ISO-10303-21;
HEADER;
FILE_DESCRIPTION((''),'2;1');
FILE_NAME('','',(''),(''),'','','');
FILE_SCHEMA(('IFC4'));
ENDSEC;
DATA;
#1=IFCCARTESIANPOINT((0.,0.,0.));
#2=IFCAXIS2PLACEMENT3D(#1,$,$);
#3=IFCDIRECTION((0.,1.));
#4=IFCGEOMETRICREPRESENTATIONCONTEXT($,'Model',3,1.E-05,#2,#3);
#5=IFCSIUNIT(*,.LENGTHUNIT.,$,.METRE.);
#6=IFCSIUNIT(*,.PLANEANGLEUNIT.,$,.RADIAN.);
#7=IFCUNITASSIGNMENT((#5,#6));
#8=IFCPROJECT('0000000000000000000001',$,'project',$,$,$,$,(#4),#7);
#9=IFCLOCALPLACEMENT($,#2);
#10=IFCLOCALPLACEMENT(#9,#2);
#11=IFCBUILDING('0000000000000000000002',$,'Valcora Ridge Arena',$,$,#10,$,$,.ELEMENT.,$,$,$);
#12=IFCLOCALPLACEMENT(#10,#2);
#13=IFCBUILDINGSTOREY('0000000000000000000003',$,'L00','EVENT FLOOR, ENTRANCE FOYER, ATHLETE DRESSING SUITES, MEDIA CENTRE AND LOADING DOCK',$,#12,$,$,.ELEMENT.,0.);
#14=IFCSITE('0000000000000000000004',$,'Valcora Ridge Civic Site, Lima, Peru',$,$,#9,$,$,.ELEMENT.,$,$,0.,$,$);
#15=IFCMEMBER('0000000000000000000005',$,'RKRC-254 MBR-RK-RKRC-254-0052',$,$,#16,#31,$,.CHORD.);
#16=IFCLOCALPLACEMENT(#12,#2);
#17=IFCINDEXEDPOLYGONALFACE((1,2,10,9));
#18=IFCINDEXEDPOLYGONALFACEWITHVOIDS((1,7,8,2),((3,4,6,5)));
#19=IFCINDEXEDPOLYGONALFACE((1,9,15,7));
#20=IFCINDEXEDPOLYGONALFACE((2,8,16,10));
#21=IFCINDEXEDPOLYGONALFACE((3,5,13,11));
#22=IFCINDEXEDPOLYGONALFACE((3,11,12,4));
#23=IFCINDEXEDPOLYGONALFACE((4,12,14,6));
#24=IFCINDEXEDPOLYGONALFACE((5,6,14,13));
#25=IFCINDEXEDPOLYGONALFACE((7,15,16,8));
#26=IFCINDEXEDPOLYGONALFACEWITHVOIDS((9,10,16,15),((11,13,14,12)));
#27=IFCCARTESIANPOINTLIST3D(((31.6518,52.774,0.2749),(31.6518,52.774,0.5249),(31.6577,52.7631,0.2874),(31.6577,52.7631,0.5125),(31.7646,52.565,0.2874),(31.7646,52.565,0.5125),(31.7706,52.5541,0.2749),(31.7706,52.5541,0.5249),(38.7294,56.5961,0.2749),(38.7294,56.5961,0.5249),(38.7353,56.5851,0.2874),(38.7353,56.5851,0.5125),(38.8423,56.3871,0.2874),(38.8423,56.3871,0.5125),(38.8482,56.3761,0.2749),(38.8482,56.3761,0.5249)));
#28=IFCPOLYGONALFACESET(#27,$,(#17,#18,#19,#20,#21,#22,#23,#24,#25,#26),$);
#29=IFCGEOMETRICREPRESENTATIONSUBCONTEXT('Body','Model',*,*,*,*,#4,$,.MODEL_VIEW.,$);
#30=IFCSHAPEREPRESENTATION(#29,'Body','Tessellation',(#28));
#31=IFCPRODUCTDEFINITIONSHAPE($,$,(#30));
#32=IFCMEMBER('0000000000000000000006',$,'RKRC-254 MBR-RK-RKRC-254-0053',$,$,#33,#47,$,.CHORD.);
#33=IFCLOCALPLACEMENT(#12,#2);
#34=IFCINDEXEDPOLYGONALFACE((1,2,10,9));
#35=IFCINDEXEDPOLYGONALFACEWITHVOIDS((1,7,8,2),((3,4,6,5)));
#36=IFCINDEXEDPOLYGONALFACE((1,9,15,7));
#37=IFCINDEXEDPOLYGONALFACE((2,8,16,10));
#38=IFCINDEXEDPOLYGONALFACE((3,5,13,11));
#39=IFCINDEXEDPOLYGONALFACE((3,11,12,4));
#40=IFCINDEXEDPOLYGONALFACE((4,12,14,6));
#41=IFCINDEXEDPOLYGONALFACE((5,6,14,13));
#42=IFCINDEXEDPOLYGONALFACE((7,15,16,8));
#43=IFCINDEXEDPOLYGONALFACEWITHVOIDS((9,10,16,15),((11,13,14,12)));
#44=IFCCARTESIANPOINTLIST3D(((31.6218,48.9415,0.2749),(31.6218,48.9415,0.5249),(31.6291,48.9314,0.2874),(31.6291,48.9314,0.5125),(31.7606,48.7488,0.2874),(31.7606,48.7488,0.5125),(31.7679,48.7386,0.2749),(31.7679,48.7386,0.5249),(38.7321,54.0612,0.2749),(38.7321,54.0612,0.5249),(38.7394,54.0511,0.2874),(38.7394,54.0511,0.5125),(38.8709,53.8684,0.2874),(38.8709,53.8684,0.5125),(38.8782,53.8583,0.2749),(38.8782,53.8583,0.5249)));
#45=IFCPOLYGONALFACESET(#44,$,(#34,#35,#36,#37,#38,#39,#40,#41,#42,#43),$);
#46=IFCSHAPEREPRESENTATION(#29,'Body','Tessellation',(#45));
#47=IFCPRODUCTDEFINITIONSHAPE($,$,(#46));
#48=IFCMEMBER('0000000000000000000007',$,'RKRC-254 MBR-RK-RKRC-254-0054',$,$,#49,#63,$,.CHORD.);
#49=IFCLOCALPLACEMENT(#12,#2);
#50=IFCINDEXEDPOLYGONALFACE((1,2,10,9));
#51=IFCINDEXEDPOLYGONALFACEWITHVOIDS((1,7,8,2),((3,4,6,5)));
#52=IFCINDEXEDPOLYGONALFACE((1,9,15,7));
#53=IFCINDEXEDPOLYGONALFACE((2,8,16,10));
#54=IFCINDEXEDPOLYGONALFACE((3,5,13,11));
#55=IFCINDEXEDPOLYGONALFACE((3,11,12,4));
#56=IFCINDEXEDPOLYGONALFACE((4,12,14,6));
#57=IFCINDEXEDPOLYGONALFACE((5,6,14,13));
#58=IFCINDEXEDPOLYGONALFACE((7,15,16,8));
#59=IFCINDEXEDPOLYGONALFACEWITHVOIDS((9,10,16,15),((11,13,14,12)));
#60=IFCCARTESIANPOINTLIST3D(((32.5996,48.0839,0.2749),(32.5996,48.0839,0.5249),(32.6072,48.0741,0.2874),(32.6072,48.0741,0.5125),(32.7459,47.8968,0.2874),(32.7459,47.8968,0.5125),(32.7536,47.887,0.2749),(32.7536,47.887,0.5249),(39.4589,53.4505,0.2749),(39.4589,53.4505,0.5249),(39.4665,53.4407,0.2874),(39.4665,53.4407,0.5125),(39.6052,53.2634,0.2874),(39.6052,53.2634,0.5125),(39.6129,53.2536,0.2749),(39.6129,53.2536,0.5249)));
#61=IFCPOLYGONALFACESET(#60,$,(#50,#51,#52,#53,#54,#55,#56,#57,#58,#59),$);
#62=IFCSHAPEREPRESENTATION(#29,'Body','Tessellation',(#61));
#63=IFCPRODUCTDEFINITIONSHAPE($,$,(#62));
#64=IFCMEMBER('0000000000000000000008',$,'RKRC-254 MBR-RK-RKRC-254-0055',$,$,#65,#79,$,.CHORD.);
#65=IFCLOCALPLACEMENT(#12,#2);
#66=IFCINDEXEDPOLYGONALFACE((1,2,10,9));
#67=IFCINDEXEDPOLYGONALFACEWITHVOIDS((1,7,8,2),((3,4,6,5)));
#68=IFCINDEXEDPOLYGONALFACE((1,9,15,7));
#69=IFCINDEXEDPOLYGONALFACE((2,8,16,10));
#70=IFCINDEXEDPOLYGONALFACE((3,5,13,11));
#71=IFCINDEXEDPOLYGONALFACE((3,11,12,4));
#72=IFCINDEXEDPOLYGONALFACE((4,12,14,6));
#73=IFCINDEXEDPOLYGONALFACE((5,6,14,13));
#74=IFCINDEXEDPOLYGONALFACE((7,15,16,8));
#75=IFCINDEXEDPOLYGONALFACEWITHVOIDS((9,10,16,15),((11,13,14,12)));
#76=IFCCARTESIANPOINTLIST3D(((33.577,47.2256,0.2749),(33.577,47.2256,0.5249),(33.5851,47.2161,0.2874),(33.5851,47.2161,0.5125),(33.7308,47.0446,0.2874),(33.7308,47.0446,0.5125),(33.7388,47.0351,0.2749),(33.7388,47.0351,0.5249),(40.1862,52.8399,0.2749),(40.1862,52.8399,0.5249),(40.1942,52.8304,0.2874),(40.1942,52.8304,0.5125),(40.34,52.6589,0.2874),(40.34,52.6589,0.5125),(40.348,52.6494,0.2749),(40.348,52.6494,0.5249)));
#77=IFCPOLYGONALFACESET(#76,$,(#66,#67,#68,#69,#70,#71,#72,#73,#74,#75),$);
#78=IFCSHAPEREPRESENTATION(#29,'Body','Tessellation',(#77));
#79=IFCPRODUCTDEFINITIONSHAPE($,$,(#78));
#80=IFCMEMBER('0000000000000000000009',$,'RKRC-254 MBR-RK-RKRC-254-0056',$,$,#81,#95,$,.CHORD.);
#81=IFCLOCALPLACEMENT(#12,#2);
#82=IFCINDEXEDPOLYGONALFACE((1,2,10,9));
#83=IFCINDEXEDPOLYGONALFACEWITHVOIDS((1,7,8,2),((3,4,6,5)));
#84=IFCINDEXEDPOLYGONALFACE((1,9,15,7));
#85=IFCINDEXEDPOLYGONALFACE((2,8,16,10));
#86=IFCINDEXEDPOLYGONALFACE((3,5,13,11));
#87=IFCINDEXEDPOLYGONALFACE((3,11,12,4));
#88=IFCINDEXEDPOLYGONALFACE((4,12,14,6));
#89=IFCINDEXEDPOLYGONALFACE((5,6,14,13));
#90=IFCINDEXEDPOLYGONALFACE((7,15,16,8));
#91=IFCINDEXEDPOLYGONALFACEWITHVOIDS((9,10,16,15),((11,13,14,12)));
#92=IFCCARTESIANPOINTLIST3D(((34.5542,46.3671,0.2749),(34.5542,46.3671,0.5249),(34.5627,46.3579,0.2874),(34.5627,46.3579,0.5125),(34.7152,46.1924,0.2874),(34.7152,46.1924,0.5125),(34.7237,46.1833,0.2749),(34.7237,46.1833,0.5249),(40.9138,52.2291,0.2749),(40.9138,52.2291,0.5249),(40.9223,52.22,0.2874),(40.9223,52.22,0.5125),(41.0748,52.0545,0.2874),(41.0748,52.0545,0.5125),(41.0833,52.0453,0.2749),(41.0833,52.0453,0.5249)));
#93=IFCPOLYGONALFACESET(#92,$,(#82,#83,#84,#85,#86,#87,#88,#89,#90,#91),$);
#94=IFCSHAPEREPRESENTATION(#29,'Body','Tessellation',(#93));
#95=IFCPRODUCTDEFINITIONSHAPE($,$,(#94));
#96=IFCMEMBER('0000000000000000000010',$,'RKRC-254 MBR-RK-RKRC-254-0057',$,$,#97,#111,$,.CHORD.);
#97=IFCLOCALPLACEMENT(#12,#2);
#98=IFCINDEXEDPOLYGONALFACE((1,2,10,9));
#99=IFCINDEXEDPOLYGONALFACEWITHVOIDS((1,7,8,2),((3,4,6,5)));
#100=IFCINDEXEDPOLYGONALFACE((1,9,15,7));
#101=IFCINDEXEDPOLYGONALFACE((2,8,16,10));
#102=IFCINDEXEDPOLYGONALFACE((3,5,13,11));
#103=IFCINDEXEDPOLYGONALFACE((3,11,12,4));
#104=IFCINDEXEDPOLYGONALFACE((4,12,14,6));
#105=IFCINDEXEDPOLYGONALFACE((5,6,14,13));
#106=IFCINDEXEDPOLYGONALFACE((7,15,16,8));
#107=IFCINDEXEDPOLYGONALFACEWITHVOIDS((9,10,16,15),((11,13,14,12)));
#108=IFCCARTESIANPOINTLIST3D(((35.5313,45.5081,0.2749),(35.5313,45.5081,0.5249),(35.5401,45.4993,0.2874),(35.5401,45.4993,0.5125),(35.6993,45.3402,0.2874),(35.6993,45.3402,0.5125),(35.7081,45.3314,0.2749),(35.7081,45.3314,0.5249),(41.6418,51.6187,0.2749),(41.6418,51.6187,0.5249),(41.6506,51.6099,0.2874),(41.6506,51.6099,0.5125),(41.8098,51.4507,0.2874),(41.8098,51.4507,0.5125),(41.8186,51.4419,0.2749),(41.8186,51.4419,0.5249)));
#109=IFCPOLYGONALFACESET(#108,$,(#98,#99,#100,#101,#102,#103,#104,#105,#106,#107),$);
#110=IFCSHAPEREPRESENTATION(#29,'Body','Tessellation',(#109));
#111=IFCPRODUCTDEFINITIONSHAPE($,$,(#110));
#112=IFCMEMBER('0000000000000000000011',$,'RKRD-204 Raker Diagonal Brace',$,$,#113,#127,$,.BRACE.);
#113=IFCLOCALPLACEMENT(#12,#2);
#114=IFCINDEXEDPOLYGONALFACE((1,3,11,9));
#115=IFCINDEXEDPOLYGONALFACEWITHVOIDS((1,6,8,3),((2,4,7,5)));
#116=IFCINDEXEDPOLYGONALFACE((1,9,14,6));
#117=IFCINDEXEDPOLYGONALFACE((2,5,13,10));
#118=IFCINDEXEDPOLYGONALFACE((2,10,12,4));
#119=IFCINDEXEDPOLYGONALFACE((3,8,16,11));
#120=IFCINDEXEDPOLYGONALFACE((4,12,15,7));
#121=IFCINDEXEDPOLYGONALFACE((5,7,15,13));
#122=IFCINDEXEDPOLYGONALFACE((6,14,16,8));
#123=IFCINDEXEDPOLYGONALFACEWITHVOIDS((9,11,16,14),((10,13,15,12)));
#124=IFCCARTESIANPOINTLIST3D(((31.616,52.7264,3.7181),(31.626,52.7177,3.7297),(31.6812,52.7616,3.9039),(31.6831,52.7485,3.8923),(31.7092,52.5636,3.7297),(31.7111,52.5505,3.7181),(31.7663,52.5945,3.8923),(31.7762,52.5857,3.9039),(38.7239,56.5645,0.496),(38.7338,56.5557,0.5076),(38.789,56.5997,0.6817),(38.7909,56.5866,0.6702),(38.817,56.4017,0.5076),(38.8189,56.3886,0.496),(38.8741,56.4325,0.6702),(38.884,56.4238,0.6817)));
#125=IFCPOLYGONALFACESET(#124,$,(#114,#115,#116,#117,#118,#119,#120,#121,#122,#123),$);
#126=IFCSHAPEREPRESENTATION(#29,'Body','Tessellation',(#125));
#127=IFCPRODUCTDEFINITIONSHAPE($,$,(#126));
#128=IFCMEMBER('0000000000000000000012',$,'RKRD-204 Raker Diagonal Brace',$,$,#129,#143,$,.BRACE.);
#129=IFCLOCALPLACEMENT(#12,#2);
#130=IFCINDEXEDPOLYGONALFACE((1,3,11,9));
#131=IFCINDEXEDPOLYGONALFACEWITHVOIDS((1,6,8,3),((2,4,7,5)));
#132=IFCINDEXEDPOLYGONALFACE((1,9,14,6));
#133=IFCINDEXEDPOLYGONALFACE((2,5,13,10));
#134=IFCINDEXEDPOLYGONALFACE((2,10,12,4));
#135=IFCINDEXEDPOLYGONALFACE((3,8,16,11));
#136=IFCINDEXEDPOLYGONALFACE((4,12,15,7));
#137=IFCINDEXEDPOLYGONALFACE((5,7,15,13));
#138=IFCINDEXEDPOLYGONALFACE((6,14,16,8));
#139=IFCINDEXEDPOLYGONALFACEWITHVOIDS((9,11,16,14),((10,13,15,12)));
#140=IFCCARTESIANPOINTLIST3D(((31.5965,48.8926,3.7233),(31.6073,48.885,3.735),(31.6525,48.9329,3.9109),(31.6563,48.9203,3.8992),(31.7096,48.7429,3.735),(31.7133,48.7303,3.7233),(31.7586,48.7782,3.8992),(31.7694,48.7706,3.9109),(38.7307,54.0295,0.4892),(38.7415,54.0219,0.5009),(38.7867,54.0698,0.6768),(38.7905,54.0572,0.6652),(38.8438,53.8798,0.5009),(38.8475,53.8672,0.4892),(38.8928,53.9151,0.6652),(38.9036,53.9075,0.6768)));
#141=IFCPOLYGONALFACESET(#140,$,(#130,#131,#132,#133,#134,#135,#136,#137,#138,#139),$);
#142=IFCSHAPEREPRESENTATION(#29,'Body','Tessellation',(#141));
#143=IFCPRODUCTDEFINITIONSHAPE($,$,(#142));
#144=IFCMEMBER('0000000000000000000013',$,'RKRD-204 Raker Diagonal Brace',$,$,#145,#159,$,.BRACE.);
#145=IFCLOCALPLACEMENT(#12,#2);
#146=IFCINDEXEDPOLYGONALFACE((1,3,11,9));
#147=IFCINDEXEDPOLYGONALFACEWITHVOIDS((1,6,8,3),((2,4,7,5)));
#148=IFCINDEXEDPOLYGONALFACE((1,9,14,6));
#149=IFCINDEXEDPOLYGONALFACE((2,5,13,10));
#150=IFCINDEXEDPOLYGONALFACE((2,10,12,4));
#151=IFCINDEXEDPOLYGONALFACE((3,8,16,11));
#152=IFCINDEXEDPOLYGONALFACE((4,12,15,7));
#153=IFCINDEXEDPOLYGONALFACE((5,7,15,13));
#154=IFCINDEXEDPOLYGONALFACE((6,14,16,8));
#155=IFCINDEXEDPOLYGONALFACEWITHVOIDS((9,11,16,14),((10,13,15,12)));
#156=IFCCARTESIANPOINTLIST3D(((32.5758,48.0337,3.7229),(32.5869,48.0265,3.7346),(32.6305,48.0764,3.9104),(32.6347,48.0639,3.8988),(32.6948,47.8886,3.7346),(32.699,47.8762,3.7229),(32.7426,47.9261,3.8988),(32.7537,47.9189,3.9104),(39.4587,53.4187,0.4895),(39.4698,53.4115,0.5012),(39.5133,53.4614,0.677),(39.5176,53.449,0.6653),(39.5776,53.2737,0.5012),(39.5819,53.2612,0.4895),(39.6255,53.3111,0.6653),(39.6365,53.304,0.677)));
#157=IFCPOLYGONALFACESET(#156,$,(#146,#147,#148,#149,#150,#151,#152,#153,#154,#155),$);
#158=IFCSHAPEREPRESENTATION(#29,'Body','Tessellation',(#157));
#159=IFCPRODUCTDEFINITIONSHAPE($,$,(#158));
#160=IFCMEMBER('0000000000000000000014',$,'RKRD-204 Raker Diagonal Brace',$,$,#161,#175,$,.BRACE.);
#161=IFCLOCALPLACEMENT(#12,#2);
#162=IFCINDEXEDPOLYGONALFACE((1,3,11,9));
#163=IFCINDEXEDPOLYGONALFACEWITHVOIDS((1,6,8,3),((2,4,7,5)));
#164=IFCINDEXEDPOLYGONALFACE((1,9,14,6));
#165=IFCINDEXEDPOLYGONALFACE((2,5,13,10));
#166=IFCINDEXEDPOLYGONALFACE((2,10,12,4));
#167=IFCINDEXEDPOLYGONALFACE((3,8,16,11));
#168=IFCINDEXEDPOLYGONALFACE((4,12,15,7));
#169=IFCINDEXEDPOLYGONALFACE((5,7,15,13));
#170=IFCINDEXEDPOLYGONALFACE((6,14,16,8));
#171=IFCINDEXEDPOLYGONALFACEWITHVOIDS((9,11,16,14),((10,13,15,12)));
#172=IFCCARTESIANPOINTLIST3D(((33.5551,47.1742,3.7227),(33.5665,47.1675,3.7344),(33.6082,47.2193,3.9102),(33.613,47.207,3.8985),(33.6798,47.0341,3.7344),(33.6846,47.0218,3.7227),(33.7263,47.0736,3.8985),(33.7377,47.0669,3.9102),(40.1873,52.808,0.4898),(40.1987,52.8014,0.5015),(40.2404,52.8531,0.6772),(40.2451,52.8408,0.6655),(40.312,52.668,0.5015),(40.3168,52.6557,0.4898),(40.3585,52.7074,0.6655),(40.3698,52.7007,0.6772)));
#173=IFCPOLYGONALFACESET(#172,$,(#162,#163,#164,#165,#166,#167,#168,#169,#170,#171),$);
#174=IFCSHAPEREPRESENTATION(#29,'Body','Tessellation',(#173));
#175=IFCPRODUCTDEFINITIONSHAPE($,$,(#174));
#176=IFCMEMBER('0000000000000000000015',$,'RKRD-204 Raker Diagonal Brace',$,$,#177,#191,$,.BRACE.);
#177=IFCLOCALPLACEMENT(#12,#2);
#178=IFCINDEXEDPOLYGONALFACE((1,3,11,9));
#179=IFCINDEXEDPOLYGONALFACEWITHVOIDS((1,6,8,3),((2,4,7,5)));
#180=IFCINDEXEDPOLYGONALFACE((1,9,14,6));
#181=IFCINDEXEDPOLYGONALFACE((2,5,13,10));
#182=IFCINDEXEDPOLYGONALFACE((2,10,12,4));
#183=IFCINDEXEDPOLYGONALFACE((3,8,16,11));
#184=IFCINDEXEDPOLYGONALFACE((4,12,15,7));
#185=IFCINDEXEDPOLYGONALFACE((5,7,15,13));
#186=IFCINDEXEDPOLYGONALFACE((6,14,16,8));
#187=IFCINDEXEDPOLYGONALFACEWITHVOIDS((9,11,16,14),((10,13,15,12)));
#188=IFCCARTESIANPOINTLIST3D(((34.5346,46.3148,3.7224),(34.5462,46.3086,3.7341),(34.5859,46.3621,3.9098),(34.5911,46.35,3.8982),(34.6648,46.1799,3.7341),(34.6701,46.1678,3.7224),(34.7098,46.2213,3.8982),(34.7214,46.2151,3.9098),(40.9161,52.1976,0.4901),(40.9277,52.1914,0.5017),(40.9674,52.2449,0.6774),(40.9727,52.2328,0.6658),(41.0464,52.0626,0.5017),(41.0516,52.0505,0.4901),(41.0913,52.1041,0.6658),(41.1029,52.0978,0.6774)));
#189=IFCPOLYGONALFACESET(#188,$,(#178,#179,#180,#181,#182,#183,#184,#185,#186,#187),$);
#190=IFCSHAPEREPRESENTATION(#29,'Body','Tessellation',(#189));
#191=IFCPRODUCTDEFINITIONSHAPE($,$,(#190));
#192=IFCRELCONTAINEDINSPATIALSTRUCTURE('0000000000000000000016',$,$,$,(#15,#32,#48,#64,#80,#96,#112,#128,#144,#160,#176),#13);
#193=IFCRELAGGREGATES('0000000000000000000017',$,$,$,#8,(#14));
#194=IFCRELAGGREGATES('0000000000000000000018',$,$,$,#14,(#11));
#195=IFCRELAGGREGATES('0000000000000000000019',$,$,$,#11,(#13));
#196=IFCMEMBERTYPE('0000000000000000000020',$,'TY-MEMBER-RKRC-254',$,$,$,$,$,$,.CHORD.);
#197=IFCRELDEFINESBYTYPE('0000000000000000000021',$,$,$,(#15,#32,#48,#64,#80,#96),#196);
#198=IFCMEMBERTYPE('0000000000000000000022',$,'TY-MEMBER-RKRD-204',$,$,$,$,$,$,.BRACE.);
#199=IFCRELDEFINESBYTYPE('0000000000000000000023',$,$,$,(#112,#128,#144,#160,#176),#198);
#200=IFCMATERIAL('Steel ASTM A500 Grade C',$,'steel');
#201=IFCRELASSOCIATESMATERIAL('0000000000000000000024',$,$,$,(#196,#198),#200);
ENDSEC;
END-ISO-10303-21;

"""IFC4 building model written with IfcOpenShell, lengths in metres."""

from ifc_helpers import new_model, si_unit, direction, frame, origin, origin_2d, place, context, subcontext, project, spatial, hollow_rectangle, extrude, material, material_profile, profile_set, type_object, element, save


model = new_model("IFC4")

# Units and contexts
model_context = context("Model", 3, precision=1e-05, world=origin(), true_north=direction((0.0, 1.0)))
body_context = subcontext(model_context, "Body", "Model", "MODEL_VIEW")
ifc_project = project(units=[si_unit("LENGTHUNIT", "METRE"), si_unit("PLANEANGLEUNIT", "RADIAN")], contexts=[model_context])

# Site, building, storey
site_placement = place(None, origin())
site = spatial("IfcSite", under=ifc_project, at=site_placement, Name="Valcora Ridge Civic Site, Lima, Peru", CompositionType="ELEMENT", RefElevation=0.0)
building_placement = place(site_placement, origin())
building = spatial("IfcBuilding", under=site, at=building_placement, Name="Valcora Ridge Arena", CompositionType="ELEMENT")
storey_placement = place(building_placement, origin())
storey = spatial("IfcBuildingStorey", under=building, at=storey_placement, Name="L00", Description="EVENT FLOOR, ENTRANCE FOYER, ATHLETE DRESSING SUITES, MEDIA CENTRE AND LOADING DOCK", CompositionType="ELEMENT", Elevation=0.0)

# Members
ifc_material_1 = material(Name="Steel ASTM A500 Grade C", Category="steel")
ifc_material_profile_1 = material_profile(ifc_material_1, hollow_rectangle(XDim=0.25, YDim=0.25, WallThickness=0.0125, at=origin_2d()), Name="HSS250X250X12")
ifc_profile_set_1 = profile_set([ifc_material_profile_1], Name="Steel ASTM A500 Grade C")
member_type_1 = type_object("IfcMemberType", Name="TY-MEMBER-RKRC-254", PredefinedType="CHORD", material=ifc_profile_set_1)
member_1_placement = place(storey_placement, frame((38.7888, 56.4861, 0.3999), z_axis=(-0.8799, -0.475158, 0.0), x_axis=(0.475158, -0.8799, 0.0)))
element("IfcMember", 1, at=member_1_placement, inside=storey, type_object=member_type_1, Name="RKRC-254 MBR-RK-RKRC-254-0052", PredefinedType="CHORD", context=body_context, shape_type="SweptSolid", body=[
    extrude(hollow_rectangle(XDim=0.25, YDim=0.25, WallThickness=0.0125, at=origin_2d()), origin(), (0.0, 0.0, 1.0), 8.0437),
])
member_2_placement = place(storey_placement, frame((38.8052, 53.9597, 0.3999), z_axis=(-0.811525, -0.584318, 0.0), x_axis=(0.584318, -0.811525, 0.0)))
element("IfcMember", 2, at=member_2_placement, inside=storey, type_object=member_type_1, Name="RKRC-254 MBR-RK-RKRC-254-0053", PredefinedType="CHORD", context=body_context, shape_type="SweptSolid", body=[
    extrude(hollow_rectangle(XDim=0.25, YDim=0.25, WallThickness=0.0125, at=origin_2d()), origin(), (0.0, 0.0, 1.0), 8.7617),
])
member_3_placement = place(storey_placement, frame((39.5359, 53.3521, 0.3999), z_axis=(-0.787589, -0.616201, 0.0), x_axis=(0.616201, -0.787589, 0.0)))
element("IfcMember", 3, at=member_3_placement, inside=storey, type_object=member_type_1, Name="RKRC-254 MBR-RK-RKRC-254-0054", PredefinedType="CHORD", context=body_context, shape_type="SweptSolid", body=[
    extrude(hollow_rectangle(XDim=0.25, YDim=0.25, WallThickness=0.0125, at=origin_2d()), origin(), (0.0, 0.0, 1.0), 8.7092),
])
member_4_placement = place(storey_placement, frame((40.2671, 52.7446, 0.3999), z_axis=(-0.762139, -0.647414, 0.0), x_axis=(0.647414, -0.762139, 0.0)))
element("IfcMember", 4, at=member_4_placement, inside=storey, type_object=member_type_1, Name="RKRC-254 MBR-RK-RKRC-254-0055", PredefinedType="CHORD", context=body_context, shape_type="SweptSolid", body=[
    extrude(hollow_rectangle(XDim=0.25, YDim=0.25, WallThickness=0.0125, at=origin_2d()), origin(), (0.0, 0.0, 1.0), 8.6719),
])
member_5_placement = place(storey_placement, frame((40.9985, 52.1372, 0.3999), z_axis=(-0.735285, -0.677758, 0.0), x_axis=(0.677758, -0.735285, 0.0)))
element("IfcMember", 5, at=member_5_placement, inside=storey, type_object=member_type_1, Name="RKRC-254 MBR-RK-RKRC-254-0056", PredefinedType="CHORD", context=body_context, shape_type="SweptSolid", body=[
    extrude(hollow_rectangle(XDim=0.25, YDim=0.25, WallThickness=0.0125, at=origin_2d()), origin(), (0.0, 0.0, 1.0), 8.6492),
])
member_6_placement = place(storey_placement, frame((41.7302, 51.5303, 0.3999), z_axis=(-0.707107, -0.707107, 0.0), x_axis=(0.707107, -0.707107, 0.0)))
element("IfcMember", 6, at=member_6_placement, inside=storey, type_object=member_type_1, Name="RKRC-254 MBR-RK-RKRC-254-0057", PredefinedType="CHORD", context=body_context, shape_type="SweptSolid", body=[
    extrude(hollow_rectangle(XDim=0.25, YDim=0.25, WallThickness=0.0125, at=origin_2d()), origin(), (0.0, 0.0, 1.0), 8.6416),
])
ifc_material_profile_2 = material_profile(ifc_material_1, hollow_rectangle(XDim=0.2, YDim=0.2, WallThickness=0.0125, at=origin_2d()), Name="HSS200X200X12")
ifc_profile_set_2 = profile_set([ifc_material_profile_2], Name="Steel ASTM A500 Grade C")
member_type_2 = type_object("IfcMemberType", Name="TY-MEMBER-RKRD-204", PredefinedType="BRACE", material=ifc_profile_set_2)
member_7_placement = place(storey_placement, frame((38.804, 56.4941, 0.5889), z_axis=(-0.817293, -0.441322, 0.370496), x_axis=(0.475136, -0.879912, 0.0)))
element("IfcMember", 7, at=member_7_placement, inside=storey, type_object=member_type_2, Name="RKRD-204 Raker Diagonal Brace", PredefinedType="BRACE", context=body_context, shape_type="SweptSolid", body=[
    extrude(hollow_rectangle(XDim=0.2, YDim=0.2, WallThickness=0.0125, at=origin_2d()), origin(), (0.0, 0.0, 1.0), 8.6968),
])
member_8_placement = place(storey_placement, frame((38.8171, 53.9685, 0.583), z_axis=(-0.761617, -0.548394, 0.345258), x_axis=(0.584326, -0.811519, 0.0)))
element("IfcMember", 8, at=member_8_placement, inside=storey, type_object=member_type_2, Name="RKRD-204 Raker Diagonal Brace", PredefinedType="BRACE", context=body_context, shape_type="SweptSolid", body=[
    extrude(hollow_rectangle(XDim=0.2, YDim=0.2, WallThickness=0.0125, at=origin_2d()), origin(), (0.0, 0.0, 1.0), 9.3672),
])
member_9_placement = place(storey_placement, frame((39.5476, 53.3613, 0.5833), z_axis=(-0.738653, -0.577911, 0.347003), x_axis=(0.616199, -0.78759, 0.0)))
element("IfcMember", 9, at=member_9_placement, inside=storey, type_object=member_type_2, Name="RKRD-204 Raker Diagonal Brace", PredefinedType="BRACE", context=body_context, shape_type="SweptSolid", body=[
    extrude(hollow_rectangle(XDim=0.2, YDim=0.2, WallThickness=0.0125, at=origin_2d()), origin(), (0.0, 0.0, 1.0), 9.3181),
])
member_10_placement = place(storey_placement, frame((40.2786, 52.7544, 0.5835), z_axis=(-0.714426, -0.606887, 0.348258), x_axis=(0.647416, -0.762137, 0.0)))
element("IfcMember", 10, at=member_10_placement, inside=storey, type_object=member_type_2, Name="RKRD-204 Raker Diagonal Brace", PredefinedType="BRACE", context=body_context, shape_type="SweptSolid", body=[
    extrude(hollow_rectangle(XDim=0.2, YDim=0.2, WallThickness=0.0125, at=origin_2d()), origin(), (0.0, 0.0, 1.0), 9.2832),
])
member_11_placement = place(storey_placement, frame((41.0095, 52.1477, 0.5837), z_axis=(-0.689024, -0.63517, 0.349006), x_axis=(0.677789, -0.735256, 0.0)))
element("IfcMember", 11, at=member_11_placement, inside=storey, type_object=member_type_2, Name="RKRD-204 Raker Diagonal Brace", PredefinedType="BRACE", context=body_context, shape_type="SweptSolid", body=[
    extrude(hollow_rectangle(XDim=0.2, YDim=0.2, WallThickness=0.0125, at=origin_2d()), origin(), (0.0, 0.0, 1.0), 9.2617),
])

save(model, "model.ifc")
